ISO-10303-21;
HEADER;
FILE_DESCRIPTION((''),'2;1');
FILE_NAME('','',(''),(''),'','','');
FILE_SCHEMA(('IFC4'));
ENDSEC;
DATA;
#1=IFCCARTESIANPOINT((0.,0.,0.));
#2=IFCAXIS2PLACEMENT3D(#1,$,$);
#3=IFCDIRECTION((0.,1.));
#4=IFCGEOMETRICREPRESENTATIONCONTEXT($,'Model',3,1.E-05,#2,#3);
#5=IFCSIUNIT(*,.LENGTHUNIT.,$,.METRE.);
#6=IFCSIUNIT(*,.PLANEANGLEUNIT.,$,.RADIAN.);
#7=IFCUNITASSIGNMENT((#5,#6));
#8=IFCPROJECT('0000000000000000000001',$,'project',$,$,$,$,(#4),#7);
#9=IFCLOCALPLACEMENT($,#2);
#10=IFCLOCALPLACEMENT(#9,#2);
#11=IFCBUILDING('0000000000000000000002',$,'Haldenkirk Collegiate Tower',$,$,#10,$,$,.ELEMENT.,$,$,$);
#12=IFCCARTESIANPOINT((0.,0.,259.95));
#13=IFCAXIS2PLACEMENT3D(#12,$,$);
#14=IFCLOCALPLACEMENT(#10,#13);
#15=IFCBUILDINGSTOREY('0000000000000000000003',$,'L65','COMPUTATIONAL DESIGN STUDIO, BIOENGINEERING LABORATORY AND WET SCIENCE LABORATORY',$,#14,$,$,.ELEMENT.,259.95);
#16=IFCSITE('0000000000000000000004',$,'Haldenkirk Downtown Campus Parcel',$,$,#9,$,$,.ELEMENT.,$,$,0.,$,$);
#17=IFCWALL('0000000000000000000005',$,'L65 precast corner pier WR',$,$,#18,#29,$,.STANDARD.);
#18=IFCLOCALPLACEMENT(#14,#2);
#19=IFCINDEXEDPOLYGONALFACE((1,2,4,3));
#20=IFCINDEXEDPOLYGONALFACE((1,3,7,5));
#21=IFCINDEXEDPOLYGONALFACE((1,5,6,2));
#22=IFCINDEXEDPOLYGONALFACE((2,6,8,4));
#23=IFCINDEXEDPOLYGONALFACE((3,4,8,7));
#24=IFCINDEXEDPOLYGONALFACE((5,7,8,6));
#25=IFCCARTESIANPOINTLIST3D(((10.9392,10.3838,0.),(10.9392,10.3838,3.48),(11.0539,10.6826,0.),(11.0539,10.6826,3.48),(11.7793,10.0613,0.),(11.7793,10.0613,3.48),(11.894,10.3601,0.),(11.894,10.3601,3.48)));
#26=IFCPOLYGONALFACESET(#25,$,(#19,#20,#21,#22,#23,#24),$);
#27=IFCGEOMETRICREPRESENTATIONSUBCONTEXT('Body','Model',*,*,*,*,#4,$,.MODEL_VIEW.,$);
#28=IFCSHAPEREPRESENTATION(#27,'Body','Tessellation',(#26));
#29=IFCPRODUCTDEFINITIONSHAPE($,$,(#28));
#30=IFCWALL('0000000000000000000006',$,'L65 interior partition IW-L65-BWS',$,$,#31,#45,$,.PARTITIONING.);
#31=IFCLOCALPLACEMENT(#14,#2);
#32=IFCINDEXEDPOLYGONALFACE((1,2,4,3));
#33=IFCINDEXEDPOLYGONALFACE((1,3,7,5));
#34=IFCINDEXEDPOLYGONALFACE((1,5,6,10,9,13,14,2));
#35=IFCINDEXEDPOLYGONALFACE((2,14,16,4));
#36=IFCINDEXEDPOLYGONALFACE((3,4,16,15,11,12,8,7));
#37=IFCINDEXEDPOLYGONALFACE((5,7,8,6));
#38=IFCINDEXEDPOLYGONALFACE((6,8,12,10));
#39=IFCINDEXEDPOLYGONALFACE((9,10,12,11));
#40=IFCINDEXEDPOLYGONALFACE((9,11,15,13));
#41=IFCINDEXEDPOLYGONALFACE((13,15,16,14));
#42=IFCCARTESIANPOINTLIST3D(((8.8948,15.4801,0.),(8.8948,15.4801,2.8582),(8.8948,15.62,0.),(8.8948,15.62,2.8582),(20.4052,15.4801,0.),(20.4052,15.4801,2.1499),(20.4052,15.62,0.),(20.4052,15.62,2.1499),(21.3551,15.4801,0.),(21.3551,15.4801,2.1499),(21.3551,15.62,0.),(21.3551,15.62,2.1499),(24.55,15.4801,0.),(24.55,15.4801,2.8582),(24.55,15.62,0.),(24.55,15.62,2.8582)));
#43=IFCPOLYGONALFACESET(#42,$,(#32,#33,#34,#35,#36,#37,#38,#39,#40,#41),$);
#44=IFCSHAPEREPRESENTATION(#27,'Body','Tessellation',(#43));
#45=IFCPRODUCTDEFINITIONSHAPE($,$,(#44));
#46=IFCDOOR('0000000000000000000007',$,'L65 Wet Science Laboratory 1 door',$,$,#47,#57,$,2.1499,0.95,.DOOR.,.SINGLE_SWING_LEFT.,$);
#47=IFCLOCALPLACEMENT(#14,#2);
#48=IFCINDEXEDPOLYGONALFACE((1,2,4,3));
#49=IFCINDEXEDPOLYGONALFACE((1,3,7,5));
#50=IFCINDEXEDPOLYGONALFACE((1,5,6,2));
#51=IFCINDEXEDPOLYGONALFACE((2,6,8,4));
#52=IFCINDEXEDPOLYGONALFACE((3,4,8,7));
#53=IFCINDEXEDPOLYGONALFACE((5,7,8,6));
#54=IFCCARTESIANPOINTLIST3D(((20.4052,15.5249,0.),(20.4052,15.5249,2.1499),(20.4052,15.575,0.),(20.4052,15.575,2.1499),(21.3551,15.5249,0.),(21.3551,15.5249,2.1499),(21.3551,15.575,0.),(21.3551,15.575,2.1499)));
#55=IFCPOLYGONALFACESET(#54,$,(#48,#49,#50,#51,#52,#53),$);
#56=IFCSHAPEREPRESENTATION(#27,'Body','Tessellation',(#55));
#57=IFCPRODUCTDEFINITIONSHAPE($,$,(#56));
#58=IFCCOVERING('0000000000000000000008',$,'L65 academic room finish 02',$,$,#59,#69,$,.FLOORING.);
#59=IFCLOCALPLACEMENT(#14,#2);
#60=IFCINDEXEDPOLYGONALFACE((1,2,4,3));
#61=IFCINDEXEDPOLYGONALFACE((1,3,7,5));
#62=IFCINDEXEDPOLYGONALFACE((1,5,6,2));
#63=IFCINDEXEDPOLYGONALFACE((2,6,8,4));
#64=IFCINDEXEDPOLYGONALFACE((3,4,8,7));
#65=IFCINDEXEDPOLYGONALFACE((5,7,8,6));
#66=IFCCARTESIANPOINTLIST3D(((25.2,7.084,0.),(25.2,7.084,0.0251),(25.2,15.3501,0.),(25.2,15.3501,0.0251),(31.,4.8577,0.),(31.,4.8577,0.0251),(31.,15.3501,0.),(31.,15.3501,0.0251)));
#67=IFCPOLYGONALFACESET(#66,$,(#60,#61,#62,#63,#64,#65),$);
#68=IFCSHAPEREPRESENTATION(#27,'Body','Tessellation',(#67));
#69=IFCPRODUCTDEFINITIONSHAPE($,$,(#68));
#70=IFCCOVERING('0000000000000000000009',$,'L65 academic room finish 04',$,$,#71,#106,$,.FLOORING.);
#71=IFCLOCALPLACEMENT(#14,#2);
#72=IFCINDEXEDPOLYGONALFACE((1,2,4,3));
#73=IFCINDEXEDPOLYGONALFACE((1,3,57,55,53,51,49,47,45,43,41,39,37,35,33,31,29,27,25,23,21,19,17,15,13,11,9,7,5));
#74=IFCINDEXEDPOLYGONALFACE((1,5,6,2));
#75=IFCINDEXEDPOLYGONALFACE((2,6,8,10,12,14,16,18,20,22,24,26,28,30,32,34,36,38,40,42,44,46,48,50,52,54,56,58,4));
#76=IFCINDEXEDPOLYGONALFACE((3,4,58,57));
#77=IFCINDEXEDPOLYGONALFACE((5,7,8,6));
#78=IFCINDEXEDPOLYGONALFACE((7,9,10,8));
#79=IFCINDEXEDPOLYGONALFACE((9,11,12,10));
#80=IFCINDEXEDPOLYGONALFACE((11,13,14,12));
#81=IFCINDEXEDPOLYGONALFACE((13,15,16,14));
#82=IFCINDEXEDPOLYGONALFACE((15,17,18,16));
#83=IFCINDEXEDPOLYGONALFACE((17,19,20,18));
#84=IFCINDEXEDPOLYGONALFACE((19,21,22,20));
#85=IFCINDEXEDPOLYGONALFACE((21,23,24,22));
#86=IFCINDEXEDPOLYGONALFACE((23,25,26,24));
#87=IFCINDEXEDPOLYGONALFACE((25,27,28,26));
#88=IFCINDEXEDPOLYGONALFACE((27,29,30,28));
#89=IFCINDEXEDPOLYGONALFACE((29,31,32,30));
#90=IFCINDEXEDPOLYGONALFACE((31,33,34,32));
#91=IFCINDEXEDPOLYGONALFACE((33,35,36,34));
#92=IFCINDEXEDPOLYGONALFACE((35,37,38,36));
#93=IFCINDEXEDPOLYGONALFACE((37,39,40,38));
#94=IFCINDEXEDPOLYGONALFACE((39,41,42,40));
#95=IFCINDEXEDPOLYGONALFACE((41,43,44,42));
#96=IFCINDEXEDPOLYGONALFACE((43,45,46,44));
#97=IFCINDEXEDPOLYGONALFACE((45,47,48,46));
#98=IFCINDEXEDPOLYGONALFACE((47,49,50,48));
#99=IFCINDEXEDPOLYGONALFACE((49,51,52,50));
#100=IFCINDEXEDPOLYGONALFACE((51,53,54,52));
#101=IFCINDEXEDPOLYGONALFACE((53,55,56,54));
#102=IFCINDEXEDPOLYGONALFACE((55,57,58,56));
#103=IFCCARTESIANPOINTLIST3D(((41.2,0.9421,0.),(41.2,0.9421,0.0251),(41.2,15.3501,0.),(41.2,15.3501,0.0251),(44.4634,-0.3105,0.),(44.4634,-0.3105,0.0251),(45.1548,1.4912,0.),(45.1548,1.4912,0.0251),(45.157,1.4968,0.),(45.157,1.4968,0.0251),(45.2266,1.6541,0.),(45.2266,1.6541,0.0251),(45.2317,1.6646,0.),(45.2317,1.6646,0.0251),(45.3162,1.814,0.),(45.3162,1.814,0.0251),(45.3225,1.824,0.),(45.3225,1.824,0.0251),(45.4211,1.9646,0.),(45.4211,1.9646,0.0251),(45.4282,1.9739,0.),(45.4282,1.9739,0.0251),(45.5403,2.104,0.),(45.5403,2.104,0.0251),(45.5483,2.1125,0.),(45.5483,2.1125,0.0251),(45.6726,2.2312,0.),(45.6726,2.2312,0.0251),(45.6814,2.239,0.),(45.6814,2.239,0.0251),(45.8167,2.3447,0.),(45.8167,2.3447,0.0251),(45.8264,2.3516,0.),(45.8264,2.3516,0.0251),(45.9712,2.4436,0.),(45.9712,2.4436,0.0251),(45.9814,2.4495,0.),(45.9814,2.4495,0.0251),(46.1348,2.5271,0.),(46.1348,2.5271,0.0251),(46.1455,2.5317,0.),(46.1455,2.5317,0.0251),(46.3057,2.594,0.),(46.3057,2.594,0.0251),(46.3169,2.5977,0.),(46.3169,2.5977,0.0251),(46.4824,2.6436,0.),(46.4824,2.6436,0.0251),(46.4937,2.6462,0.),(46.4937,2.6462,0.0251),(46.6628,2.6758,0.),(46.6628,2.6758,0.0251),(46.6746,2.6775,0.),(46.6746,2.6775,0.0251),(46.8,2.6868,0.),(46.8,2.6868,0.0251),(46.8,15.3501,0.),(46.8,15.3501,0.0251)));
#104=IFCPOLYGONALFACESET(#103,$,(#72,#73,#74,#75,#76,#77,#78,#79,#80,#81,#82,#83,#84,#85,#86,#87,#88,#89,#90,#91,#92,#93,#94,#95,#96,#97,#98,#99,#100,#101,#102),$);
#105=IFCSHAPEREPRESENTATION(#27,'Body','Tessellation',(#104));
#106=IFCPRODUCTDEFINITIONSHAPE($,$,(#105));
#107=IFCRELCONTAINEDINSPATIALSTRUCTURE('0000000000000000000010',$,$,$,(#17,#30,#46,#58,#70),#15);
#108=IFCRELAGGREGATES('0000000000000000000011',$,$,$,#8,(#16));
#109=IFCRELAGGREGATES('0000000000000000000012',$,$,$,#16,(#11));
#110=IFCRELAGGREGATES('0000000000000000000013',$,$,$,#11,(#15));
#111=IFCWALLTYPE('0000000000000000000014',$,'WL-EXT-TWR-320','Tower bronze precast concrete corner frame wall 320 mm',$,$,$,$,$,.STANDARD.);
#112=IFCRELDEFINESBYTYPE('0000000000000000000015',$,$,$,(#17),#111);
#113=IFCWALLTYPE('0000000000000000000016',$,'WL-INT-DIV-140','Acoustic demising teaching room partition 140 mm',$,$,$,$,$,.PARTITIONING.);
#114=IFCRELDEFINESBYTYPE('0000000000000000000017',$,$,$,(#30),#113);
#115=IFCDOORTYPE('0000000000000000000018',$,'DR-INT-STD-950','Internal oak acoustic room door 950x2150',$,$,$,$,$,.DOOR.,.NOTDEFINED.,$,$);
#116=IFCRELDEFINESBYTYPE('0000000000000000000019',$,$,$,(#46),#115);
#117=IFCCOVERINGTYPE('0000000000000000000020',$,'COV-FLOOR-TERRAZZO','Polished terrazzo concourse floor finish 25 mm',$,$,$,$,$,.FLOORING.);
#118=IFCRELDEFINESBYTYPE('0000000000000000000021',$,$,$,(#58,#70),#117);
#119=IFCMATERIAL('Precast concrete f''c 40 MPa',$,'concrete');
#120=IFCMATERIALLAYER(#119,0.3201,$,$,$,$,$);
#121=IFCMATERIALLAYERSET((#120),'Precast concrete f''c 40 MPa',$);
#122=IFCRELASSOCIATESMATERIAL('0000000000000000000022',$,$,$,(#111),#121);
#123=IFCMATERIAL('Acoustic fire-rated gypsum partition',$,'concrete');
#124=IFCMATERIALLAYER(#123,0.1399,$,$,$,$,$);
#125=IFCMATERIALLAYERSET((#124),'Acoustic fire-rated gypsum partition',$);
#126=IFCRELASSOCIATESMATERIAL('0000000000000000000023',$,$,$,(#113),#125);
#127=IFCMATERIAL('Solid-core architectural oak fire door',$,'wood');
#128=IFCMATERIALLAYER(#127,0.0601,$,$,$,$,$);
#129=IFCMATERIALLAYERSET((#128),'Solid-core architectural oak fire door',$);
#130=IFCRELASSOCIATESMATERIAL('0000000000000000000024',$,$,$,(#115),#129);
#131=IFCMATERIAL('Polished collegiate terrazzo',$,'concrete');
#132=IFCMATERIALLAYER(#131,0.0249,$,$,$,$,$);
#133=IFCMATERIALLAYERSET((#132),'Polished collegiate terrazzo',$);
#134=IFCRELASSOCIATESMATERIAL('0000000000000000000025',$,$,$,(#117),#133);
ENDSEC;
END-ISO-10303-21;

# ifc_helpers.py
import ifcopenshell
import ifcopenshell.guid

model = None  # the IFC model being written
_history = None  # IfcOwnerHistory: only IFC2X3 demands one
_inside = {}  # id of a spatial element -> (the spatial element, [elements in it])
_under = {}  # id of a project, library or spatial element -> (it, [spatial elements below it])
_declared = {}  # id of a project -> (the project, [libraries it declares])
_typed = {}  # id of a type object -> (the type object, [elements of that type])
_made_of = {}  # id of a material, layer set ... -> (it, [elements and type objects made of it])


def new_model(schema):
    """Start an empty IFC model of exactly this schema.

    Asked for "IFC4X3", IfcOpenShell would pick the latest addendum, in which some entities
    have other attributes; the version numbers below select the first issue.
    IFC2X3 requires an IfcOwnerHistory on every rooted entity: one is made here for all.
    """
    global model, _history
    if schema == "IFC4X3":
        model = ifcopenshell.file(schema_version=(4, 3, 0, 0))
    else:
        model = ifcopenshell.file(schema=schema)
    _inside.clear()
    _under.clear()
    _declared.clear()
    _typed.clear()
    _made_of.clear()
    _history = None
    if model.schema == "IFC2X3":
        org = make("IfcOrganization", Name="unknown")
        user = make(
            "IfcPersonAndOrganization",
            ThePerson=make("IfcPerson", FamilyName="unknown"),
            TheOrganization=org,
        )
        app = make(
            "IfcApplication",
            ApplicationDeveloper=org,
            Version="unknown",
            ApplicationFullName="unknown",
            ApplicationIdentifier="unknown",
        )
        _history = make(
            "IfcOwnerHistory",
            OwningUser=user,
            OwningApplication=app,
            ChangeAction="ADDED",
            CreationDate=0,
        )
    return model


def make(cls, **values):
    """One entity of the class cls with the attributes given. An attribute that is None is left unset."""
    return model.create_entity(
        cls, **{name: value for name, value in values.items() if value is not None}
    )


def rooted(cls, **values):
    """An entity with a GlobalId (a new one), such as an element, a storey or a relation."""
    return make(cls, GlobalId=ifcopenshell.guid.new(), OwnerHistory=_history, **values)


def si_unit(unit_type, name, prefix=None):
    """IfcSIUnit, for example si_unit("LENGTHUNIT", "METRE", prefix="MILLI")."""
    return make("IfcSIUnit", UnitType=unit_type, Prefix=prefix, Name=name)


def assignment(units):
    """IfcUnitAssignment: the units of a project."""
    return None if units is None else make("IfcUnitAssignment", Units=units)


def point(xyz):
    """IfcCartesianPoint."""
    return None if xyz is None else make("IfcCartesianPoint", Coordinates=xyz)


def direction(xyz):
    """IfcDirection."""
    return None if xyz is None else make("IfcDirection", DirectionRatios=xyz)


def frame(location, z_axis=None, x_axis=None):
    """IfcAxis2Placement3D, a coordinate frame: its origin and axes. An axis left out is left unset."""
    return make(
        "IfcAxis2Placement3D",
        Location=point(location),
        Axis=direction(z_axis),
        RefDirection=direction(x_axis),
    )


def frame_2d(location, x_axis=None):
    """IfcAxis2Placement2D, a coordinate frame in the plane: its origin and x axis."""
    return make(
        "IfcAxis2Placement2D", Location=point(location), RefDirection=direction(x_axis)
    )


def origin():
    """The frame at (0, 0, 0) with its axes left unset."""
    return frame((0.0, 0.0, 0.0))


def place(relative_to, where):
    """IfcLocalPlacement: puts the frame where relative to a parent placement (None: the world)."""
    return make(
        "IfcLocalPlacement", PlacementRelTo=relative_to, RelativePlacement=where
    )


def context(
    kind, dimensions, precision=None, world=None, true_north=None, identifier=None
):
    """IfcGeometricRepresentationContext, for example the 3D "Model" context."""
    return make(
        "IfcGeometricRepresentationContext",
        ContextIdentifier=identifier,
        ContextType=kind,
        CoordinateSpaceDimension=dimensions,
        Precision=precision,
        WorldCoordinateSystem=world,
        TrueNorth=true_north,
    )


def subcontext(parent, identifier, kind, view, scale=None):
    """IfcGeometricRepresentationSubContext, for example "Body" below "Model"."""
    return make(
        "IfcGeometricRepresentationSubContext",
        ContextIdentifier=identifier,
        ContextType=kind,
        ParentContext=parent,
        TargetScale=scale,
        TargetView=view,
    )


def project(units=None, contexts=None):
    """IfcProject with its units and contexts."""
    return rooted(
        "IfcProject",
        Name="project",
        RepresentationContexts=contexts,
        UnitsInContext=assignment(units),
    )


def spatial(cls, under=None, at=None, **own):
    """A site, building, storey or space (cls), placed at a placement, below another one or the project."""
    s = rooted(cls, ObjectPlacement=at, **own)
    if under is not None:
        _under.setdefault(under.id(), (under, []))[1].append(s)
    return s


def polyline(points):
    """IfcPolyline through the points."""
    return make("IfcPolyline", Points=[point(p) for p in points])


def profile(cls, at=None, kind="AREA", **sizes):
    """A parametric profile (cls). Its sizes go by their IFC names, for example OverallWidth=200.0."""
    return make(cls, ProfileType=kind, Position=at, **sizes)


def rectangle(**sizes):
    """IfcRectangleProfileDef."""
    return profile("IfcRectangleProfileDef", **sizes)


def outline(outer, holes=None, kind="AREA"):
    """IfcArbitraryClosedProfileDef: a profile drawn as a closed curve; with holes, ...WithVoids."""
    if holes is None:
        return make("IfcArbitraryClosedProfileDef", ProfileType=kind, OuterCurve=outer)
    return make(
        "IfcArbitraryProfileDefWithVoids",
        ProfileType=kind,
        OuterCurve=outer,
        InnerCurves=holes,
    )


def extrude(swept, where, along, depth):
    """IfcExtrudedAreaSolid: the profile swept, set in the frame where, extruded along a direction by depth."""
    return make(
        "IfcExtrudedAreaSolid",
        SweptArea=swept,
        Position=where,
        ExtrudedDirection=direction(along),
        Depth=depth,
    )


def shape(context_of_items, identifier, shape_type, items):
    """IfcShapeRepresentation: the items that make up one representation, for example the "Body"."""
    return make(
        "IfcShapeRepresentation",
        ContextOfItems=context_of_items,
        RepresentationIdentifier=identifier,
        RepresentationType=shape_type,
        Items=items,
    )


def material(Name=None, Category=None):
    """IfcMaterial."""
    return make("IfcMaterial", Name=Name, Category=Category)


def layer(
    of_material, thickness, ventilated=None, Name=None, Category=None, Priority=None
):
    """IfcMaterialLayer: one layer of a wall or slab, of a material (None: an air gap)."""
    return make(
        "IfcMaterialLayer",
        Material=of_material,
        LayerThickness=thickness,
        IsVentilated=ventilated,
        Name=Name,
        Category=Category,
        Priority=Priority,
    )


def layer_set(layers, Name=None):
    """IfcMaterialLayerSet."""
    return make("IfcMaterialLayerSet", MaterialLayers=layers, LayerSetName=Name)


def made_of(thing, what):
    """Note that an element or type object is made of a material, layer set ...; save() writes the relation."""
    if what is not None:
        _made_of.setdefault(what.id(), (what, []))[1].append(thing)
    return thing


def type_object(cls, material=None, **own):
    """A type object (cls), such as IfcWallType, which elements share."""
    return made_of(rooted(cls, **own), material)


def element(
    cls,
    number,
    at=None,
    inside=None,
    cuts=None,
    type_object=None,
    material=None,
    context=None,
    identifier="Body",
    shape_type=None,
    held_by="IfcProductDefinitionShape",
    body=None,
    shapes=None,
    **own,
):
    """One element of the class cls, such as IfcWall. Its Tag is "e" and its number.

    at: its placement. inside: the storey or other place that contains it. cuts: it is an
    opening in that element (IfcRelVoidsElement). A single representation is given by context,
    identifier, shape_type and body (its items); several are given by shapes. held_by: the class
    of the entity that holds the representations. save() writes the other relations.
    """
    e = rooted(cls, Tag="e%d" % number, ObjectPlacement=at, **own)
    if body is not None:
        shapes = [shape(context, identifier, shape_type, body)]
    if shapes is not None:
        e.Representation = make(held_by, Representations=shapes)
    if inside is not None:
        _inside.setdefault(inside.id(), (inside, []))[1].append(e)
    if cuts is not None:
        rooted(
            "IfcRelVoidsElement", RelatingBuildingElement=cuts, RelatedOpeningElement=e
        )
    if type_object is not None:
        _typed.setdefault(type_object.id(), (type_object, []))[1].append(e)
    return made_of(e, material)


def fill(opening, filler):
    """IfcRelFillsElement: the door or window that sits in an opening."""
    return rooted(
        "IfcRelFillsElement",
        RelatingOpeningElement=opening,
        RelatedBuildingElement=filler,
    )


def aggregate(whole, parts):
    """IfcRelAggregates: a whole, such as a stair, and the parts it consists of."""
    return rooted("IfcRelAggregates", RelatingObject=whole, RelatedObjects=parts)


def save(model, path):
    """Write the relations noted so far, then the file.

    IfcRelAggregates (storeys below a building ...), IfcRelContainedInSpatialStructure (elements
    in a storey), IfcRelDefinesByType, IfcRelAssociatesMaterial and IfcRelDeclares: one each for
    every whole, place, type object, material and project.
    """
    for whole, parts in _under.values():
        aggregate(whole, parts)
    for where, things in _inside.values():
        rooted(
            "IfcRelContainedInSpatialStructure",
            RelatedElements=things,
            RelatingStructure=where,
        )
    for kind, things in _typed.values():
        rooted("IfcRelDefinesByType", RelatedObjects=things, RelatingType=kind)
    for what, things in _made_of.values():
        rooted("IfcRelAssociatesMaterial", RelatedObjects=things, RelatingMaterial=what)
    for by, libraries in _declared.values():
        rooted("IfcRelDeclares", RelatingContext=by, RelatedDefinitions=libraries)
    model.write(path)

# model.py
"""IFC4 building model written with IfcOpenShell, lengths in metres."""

from ifc_helpers import new_model, si_unit, direction, frame, frame_2d, origin, place, context, subcontext, project, spatial, polyline, rectangle, outline, extrude, material, layer, layer_set, type_object, element, fill, save


model = new_model("IFC4")

# Units and contexts
model_context = context("Model", 3, precision=1e-05, world=origin(), true_north=direction((0.0, 1.0)))
body_context = subcontext(model_context, "Body", "Model", "MODEL_VIEW")
ifc_project = project(units=[si_unit("LENGTHUNIT", "METRE"), si_unit("PLANEANGLEUNIT", "RADIAN")], contexts=[model_context])

# Site, building, storey
site_placement = place(None, origin())
site = spatial("IfcSite", under=ifc_project, at=site_placement, Name="Haldenkirk Downtown Campus Parcel", CompositionType="ELEMENT", RefElevation=0.0)
building_placement = place(site_placement, origin())
building = spatial("IfcBuilding", under=site, at=building_placement, Name="Haldenkirk Collegiate Tower", CompositionType="ELEMENT")
storey_placement = place(building_placement, frame((0.0, 0.0, 259.95)))
storey = spatial("IfcBuildingStorey", under=building, at=storey_placement, Name="L65", Description="COMPUTATIONAL DESIGN STUDIO, BIOENGINEERING LABORATORY AND WET SCIENCE LABORATORY", CompositionType="ELEMENT", Elevation=259.95)

# Shared definitions
ifc_material_1 = material(Name="Precast concrete f'c 40 MPa", Category="concrete")
ifc_layer_1 = layer(ifc_material_1, 0.3201)
ifc_layer_set_1 = layer_set([ifc_layer_1], Name="Precast concrete f'c 40 MPa")
wall_type_1 = type_object("IfcWallType", Name="WL-EXT-TWR-320", Description="Tower bronze precast concrete corner frame wall 320 mm", PredefinedType="STANDARD", material=ifc_layer_set_1)

# Wall
wall_1_placement = place(storey_placement, frame((11.8367, 10.2107, 0.0), z_axis=(0.0, 0.0, 1.0), x_axis=(-0.933569, 0.358397, 0.0)))
element("IfcWall", 1, at=wall_1_placement, inside=storey, type_object=wall_type_1, Name="L65 precast corner pier WR", PredefinedType="STANDARD", context=body_context, shape_type="SweptSolid", body=[
    extrude(rectangle(XDim=0.8999, YDim=0.3201, at=frame_2d((0.45, 0.0))), origin(), (0.0, 0.0, 1.0), 3.48),
])

# Wall, opening, door
ifc_material_2 = material(Name="Acoustic fire-rated gypsum partition", Category="concrete")
ifc_layer_2 = layer(ifc_material_2, 0.1399)
ifc_layer_set_2 = layer_set([ifc_layer_2], Name="Acoustic fire-rated gypsum partition")
wall_type_2 = type_object("IfcWallType", Name="WL-INT-DIV-140", Description="Acoustic demising teaching room partition 140 mm", PredefinedType="PARTITIONING", material=ifc_layer_set_2)
wall_2_placement = place(storey_placement, frame((8.8948, 15.55, 0.0), z_axis=(0.0, 0.0, 1.0), x_axis=(1.0, 0.0, 0.0)))
wall_2 = element("IfcWall", 2, at=wall_2_placement, inside=storey, type_object=wall_type_2, Name="L65 interior partition IW-L65-BWS", PredefinedType="PARTITIONING", context=body_context, shape_type="SweptSolid", body=[
    extrude(rectangle(XDim=15.6553, YDim=0.1399, at=frame_2d((7.8276, 0.0))), origin(), (0.0, 0.0, 1.0), 2.8582),
])
opening_1_placement = place(wall_2_placement, frame((11.5103, 0.0, 0.0)))
opening_1 = element("IfcOpeningElement", 3, at=opening_1_placement, cuts=wall_2, PredefinedType="OPENING", context=body_context, shape_type="SweptSolid", body=[
    extrude(rectangle(XDim=0.95, YDim=2.1499, at=frame_2d((0.4751, 1.075))), frame((0.0, 0.0798, 0.0), z_axis=(0.0, -1.0, 0.0), x_axis=(1.0, 0.0, 0.0)), (0.0, 0.0, 1.0), 0.1599),
])
ifc_material_3 = material(Name="Solid-core architectural oak fire door", Category="wood")
ifc_layer_3 = layer(ifc_material_3, 0.0601)
ifc_layer_set_3 = layer_set([ifc_layer_3], Name="Solid-core architectural oak fire door")
door_type = type_object("IfcDoorType", Name="DR-INT-STD-950", Description="Internal oak acoustic room door 950x2150", OperationType="NOTDEFINED", PredefinedType="DOOR", material=ifc_layer_set_3)
door_placement = place(opening_1_placement, origin())
door = element("IfcDoor", 4, at=door_placement, inside=storey, type_object=door_type, Name="L65 Wet Science Laboratory 1 door", OperationType="SINGLE_SWING_LEFT", OverallHeight=2.1499, OverallWidth=0.95, PredefinedType="DOOR", context=body_context, shape_type="SweptSolid", body=[
    extrude(rectangle(XDim=0.95, YDim=2.1499, at=frame_2d((0.4751, 1.075))), frame((0.0, 0.0249, 0.0), z_axis=(0.0, -1.0, 0.0), x_axis=(1.0, 0.0, 0.0)), (0.0, 0.0, 1.0), 0.05),
])
fill(opening_1, door)

# Coverings
ifc_material_4 = material(Name="Polished collegiate terrazzo", Category="concrete")
ifc_layer_4 = layer(ifc_material_4, 0.0249)
ifc_layer_set_4 = layer_set([ifc_layer_4], Name="Polished collegiate terrazzo")
covering_type_1 = type_object("IfcCoveringType", Name="COV-FLOOR-TERRAZZO", Description="Polished terrazzo concourse floor finish 25 mm", PredefinedType="FLOORING", material=ifc_layer_set_4)
covering_1_placement = place(storey_placement, origin())
element("IfcCovering", 5, at=covering_1_placement, inside=storey, type_object=covering_type_1, Name="L65 academic room finish 02", PredefinedType="FLOORING", context=body_context, shape_type="SweptSolid", body=[
    extrude(outline(polyline([(25.2, 7.084), (25.2, 15.3501), (31.0, 15.3501), (31.0, 4.8577), (25.2, 7.084)])), origin(), (0.0, 0.0, 1.0), 0.0251),
])
covering_2_placement = place(storey_placement, origin())
element("IfcCovering", 6, at=covering_2_placement, inside=storey, type_object=covering_type_1, Name="L65 academic room finish 04", PredefinedType="FLOORING", context=body_context, shape_type="SweptSolid", body=[
    extrude(outline(polyline([(46.8, 2.6868), (46.6746, 2.6775), (46.6628, 2.6758), (46.4937, 2.6462), (46.4824, 2.6436), (46.3169, 2.5977), (46.3057, 2.594), (46.1455, 2.5317), (46.1348, 2.5271), (45.9814, 2.4495), (45.9712, 2.4436), (45.8264, 2.3516), (45.8167, 2.3447), (45.6814, 2.239), (45.6726, 2.2312), (45.5483, 2.1125), (45.5403, 2.104), (45.4282, 1.9739), (45.4211, 1.9646), (45.3225, 1.824), (45.3162, 1.814), (45.2317, 1.6646), (45.2266, 1.6541), (45.157, 1.4968), (45.1548, 1.4912), (44.4634, -0.3105), (41.2, 0.9421), (41.2, 15.3501), (46.8, 15.3501), (46.8, 2.6868)])), origin(), (0.0, 0.0, 1.0), 0.0251),
])

save(model, "model.ifc")
